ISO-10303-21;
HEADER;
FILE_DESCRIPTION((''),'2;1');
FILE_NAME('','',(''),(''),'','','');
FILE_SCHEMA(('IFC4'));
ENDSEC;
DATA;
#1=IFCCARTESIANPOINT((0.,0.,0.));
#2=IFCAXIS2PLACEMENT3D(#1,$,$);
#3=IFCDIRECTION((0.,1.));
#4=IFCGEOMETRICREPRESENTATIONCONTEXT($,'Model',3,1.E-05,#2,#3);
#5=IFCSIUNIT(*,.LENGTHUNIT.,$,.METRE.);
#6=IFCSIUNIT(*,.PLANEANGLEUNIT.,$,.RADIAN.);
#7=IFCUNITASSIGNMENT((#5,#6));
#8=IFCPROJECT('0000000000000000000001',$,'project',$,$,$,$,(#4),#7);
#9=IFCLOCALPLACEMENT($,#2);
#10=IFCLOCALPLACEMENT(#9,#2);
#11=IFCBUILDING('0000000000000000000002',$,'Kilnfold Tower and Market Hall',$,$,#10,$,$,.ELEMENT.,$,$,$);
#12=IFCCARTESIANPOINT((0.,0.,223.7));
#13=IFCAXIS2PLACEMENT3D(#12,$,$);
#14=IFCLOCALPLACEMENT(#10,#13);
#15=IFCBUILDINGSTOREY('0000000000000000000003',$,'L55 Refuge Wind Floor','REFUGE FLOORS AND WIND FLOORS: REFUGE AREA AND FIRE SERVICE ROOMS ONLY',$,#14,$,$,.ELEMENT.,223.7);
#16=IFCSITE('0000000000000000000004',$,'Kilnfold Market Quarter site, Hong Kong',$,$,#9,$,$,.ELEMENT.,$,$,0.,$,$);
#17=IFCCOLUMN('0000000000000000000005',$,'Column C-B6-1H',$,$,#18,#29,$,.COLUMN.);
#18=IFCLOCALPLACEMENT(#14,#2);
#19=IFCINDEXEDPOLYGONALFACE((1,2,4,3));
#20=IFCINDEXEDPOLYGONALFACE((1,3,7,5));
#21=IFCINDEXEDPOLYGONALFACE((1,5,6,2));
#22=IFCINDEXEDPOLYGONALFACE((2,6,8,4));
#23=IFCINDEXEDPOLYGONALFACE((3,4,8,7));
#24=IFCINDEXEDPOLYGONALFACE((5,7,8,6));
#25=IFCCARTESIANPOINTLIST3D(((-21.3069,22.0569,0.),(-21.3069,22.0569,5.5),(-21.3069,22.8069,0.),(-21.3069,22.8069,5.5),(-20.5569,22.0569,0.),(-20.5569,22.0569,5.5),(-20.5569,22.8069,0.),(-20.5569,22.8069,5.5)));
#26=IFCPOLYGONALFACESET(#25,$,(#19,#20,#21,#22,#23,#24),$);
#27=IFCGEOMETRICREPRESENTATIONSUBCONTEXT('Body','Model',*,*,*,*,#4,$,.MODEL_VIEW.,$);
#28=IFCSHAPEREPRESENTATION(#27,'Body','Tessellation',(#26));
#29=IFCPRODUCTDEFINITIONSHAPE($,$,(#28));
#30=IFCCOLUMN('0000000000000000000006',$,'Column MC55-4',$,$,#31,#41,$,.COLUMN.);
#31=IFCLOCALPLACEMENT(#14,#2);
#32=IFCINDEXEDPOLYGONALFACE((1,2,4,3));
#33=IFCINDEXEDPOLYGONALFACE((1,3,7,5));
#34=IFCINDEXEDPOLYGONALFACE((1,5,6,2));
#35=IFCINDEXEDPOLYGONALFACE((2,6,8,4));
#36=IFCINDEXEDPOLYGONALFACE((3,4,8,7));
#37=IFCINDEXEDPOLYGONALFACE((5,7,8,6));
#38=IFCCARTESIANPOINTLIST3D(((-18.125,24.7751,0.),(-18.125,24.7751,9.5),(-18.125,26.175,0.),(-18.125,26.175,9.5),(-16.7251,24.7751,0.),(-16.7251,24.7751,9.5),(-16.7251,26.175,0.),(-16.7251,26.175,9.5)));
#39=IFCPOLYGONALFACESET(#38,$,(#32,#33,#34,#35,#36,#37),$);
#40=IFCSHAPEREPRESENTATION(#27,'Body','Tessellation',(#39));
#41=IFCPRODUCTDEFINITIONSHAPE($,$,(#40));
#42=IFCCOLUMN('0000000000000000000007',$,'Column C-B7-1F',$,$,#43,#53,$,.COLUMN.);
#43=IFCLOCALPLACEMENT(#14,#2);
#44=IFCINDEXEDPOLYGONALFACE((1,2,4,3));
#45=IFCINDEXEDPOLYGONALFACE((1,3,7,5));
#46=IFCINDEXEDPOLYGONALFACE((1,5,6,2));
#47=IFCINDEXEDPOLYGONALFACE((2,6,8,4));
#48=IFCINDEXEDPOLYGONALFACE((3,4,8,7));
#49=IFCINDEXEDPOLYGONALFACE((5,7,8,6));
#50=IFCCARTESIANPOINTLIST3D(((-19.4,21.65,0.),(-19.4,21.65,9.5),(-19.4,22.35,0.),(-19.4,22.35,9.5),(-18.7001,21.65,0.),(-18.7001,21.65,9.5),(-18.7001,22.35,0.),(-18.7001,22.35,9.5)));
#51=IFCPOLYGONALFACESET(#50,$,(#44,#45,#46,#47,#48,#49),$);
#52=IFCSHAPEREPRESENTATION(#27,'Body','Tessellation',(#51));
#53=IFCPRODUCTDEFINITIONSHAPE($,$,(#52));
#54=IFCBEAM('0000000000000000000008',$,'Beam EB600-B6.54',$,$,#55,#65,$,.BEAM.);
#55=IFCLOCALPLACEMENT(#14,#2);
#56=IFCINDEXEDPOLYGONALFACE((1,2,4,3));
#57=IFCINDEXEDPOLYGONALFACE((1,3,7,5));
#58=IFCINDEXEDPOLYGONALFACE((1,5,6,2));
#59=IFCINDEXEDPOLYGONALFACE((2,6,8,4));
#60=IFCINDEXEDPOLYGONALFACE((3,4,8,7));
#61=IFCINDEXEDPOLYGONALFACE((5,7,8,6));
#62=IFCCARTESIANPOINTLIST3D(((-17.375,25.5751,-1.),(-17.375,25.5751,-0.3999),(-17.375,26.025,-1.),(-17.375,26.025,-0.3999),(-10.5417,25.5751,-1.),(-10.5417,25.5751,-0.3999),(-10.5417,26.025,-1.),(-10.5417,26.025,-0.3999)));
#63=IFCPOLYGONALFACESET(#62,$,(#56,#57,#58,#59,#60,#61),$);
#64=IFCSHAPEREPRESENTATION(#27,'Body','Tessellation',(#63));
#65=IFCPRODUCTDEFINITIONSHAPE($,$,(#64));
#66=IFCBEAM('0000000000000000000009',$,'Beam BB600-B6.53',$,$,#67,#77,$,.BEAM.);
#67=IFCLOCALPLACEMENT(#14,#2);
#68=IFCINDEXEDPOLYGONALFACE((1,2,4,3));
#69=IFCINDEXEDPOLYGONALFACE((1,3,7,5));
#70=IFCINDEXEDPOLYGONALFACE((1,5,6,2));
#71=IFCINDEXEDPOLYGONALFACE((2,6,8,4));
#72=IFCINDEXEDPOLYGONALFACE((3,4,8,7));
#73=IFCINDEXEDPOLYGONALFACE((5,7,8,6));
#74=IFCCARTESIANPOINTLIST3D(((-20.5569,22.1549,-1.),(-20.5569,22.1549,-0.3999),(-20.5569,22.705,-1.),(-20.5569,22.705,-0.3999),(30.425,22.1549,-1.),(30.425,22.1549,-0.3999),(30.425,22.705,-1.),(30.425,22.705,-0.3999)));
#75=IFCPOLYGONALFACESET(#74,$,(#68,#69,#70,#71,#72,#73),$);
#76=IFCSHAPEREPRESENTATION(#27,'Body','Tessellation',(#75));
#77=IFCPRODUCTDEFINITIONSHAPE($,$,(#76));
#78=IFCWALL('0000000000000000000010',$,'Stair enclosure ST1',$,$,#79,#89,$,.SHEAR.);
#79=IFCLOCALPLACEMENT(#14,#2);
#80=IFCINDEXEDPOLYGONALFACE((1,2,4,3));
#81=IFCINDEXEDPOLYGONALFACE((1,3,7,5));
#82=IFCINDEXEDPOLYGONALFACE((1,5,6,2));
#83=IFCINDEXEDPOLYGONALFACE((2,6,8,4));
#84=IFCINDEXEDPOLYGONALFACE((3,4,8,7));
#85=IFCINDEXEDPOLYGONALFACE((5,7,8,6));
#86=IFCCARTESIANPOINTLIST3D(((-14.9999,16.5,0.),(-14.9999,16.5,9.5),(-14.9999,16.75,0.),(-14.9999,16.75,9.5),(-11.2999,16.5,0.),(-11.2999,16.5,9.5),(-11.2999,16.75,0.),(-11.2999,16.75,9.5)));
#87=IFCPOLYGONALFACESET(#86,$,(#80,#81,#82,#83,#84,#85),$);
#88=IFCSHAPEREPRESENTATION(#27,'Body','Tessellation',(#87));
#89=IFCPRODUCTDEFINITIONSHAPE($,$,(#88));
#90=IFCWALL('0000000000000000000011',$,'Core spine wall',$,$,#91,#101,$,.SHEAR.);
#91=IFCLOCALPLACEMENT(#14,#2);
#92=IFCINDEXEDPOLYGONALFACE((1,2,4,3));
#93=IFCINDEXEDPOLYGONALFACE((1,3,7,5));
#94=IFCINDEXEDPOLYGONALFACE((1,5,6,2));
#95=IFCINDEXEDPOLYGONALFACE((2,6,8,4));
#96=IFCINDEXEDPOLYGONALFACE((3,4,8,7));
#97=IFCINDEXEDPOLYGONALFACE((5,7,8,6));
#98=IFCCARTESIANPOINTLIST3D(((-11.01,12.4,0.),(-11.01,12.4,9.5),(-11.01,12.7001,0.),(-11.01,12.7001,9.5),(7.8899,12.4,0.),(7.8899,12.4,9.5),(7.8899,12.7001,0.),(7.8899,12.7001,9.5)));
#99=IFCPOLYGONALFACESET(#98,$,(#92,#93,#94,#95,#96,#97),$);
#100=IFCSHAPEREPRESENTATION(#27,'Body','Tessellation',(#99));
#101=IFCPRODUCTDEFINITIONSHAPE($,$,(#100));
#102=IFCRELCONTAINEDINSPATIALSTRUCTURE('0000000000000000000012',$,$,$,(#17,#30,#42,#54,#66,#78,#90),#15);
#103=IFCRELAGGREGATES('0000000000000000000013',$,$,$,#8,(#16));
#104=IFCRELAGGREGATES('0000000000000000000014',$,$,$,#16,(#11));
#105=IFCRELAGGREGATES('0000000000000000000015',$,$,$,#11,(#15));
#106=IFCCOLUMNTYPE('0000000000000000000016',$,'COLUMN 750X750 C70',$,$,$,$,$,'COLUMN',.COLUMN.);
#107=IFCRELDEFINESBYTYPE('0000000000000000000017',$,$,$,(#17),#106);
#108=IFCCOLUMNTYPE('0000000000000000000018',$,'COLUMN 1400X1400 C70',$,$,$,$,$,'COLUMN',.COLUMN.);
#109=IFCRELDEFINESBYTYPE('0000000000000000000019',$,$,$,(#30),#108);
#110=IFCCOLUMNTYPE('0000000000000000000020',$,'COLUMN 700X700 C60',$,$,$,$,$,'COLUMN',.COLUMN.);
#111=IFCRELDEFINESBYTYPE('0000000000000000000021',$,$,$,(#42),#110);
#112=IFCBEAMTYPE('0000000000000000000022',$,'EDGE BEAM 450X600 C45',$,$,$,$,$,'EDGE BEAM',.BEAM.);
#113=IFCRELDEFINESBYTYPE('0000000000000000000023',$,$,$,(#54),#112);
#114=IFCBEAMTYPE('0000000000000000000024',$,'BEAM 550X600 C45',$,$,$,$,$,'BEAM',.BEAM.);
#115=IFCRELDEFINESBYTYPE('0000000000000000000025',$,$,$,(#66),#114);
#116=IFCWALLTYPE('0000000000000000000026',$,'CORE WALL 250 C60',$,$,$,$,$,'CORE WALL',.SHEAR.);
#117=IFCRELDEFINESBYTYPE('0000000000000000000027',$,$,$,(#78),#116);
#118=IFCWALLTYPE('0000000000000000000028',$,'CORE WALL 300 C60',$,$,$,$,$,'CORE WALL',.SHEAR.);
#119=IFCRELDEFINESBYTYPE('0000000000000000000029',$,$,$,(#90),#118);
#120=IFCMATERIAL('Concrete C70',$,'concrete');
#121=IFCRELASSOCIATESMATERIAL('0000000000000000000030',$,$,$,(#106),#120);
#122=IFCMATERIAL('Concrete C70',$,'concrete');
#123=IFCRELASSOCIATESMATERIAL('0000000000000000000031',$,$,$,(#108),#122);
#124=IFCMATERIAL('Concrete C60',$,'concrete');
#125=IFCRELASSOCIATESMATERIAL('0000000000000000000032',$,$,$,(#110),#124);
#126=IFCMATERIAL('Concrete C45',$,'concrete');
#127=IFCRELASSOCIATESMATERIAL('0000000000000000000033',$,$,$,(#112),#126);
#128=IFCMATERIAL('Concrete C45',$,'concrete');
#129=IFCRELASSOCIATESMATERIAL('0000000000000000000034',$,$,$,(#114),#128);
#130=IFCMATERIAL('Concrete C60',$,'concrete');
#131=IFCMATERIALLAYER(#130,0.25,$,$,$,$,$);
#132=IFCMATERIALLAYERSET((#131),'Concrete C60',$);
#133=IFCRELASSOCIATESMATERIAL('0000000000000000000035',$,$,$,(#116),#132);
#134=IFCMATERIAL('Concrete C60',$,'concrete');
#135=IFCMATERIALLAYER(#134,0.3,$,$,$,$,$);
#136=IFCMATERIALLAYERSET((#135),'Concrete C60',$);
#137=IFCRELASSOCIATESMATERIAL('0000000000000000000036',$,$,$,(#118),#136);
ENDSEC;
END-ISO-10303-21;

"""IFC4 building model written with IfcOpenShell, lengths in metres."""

from ifc_helpers import new_model, si_unit, direction, frame, frame_2d, origin, origin_2d, place, context, subcontext, project, spatial, rectangle, extrude, source, transform, mapped, material, layer, layer_set, material_profile, profile_set, type_object, element, save


model = new_model("IFC4")

# Units and contexts
model_context = context("Model", 3, precision=1e-05, world=origin(), true_north=direction((0.0, 1.0)))
body_context = subcontext(model_context, "Body", "Model", "MODEL_VIEW")
ifc_project = project(units=[si_unit("LENGTHUNIT", "METRE"), si_unit("PLANEANGLEUNIT", "RADIAN")], contexts=[model_context])

# Site, building, storey
site_placement = place(None, origin())
site = spatial("IfcSite", under=ifc_project, at=site_placement, Name="Kilnfold Market Quarter site, Hong Kong", CompositionType="ELEMENT", RefElevation=0.0)
building_placement = place(site_placement, origin())
building = spatial("IfcBuilding", under=site, at=building_placement, Name="Kilnfold Tower and Market Hall", CompositionType="ELEMENT")
storey_placement = place(building_placement, frame((0.0, 0.0, 223.7)))
storey = spatial("IfcBuildingStorey", under=building, at=storey_placement, Name="L55 Refuge Wind Floor", Description="REFUGE FLOORS AND WIND FLOORS: REFUGE AREA AND FIRE SERVICE ROOMS ONLY", CompositionType="ELEMENT", Elevation=223.7)

# Columns
ifc_material_1 = material(Name="Concrete C70", Category="concrete")
ifc_material_profile_1 = material_profile(ifc_material_1, rectangle(XDim=0.75, YDim=0.75, at=origin_2d()), Name="RC 750x750")
ifc_profile_set_1 = profile_set([ifc_material_profile_1], Name="Concrete C70")
column_type_1 = type_object("IfcColumnType", Name="COLUMN 750X750 C70", ElementType="COLUMN", PredefinedType="COLUMN", material=ifc_profile_set_1)
shared_shape_1 = source(origin(), body_context, "Body", "SweptSolid", [
    extrude(rectangle(XDim=0.75, YDim=0.75, at=origin_2d()), origin(), (0.0, 0.0, 1.0), 5.5),
])
column_1_placement = place(storey_placement, frame((-20.9319, 22.4319, 0.0), z_axis=(0.0, 0.0, 1.0), x_axis=(1.0, 0.0, 0.0)))
element("IfcColumn", 1, at=column_1_placement, inside=storey, type_object=column_type_1, Name="Column C-B6-1H", PredefinedType="COLUMN", context=body_context, shape_type="MappedRepresentation", body=[
    mapped(shared_shape_1, transform((0.0, 0.0, 0.0))),
])
ifc_material_2 = material(Name="Concrete C70", Category="concrete")
ifc_material_profile_2 = material_profile(ifc_material_2, rectangle(XDim=1.3999, YDim=1.3999, at=origin_2d()), Name="RC 1400x1400")
ifc_profile_set_2 = profile_set([ifc_material_profile_2], Name="Concrete C70")
column_type_2 = type_object("IfcColumnType", Name="COLUMN 1400X1400 C70", ElementType="COLUMN", PredefinedType="COLUMN", material=ifc_profile_set_2)
shared_shape_2 = source(origin(), body_context, "Body", "SweptSolid", [
    extrude(rectangle(XDim=1.3999, YDim=1.3999, at=origin_2d()), origin(), (0.0, 0.0, 1.0), 9.5),
])
column_2_placement = place(storey_placement, frame((-17.425, 25.4751, 0.0), z_axis=(0.0, 0.0, 1.0), x_axis=(1.0, 0.0, 0.0)))
element("IfcColumn", 2, at=column_2_placement, inside=storey, type_object=column_type_2, Name="Column MC55-4", PredefinedType="COLUMN", context=body_context, shape_type="MappedRepresentation", body=[
    mapped(shared_shape_2, transform((0.0, 0.0, 0.0))),
])
ifc_material_3 = material(Name="Concrete C60", Category="concrete")
ifc_material_profile_3 = material_profile(ifc_material_3, rectangle(XDim=0.7, YDim=0.7, at=origin_2d()), Name="RC 700x700")
ifc_profile_set_3 = profile_set([ifc_material_profile_3], Name="Concrete C60")
column_type_3 = type_object("IfcColumnType", Name="COLUMN 700X700 C60", ElementType="COLUMN", PredefinedType="COLUMN", material=ifc_profile_set_3)
shared_shape_3 = source(origin(), body_context, "Body", "SweptSolid", [
    extrude(rectangle(XDim=0.7, YDim=0.7, at=origin_2d()), origin(), (0.0, 0.0, 1.0), 9.5),
])
column_3_placement = place(storey_placement, frame((-19.05, 22.0, 0.0), z_axis=(0.0, 0.0, 1.0), x_axis=(1.0, 0.0, 0.0)))
element("IfcColumn", 3, at=column_3_placement, inside=storey, type_object=column_type_3, Name="Column C-B7-1F", PredefinedType="COLUMN", context=body_context, shape_type="MappedRepresentation", body=[
    mapped(shared_shape_3, transform((0.0, 0.0, 0.0))),
])

# Beams
ifc_material_4 = material(Name="Concrete C45", Category="concrete")
ifc_material_profile_4 = material_profile(ifc_material_4, rectangle(XDim=0.45, YDim=0.6001, at=origin_2d()), Name="RC 450x600")
ifc_profile_set_4 = profile_set([ifc_material_profile_4], Name="Concrete C45")
beam_type_1 = type_object("IfcBeamType", Name="EDGE BEAM 450X600 C45", ElementType="EDGE BEAM", PredefinedType="BEAM", material=ifc_profile_set_4)
shared_shape_4 = source(origin(), body_context, "Body", "SweptSolid", [
    extrude(rectangle(XDim=0.45, YDim=0.6001, at=origin_2d()), origin(), (0.0, 0.0, 1.0), 6.8333),
])
beam_1_placement = place(storey_placement, frame((-17.375, 25.8, -0.7), z_axis=(1.0, 0.0, 0.0), x_axis=(0.0, 1.0, 0.0)))
element("IfcBeam", 4, at=beam_1_placement, inside=storey, type_object=beam_type_1, Name="Beam EB600-B6.54", PredefinedType="BEAM", context=body_context, shape_type="MappedRepresentation", body=[
    mapped(shared_shape_4, transform((0.0, 0.0, 0.0))),
])
ifc_material_5 = material(Name="Concrete C45", Category="concrete")
ifc_material_profile_5 = material_profile(ifc_material_5, rectangle(XDim=0.55, YDim=0.6001, at=origin_2d()), Name="RC 550x600")
ifc_profile_set_5 = profile_set([ifc_material_profile_5], Name="Concrete C45")
beam_type_2 = type_object("IfcBeamType", Name="BEAM 550X600 C45", ElementType="BEAM", PredefinedType="BEAM", material=ifc_profile_set_5)
shared_shape_5 = source(origin(), body_context, "Body", "SweptSolid", [
    extrude(rectangle(XDim=0.55, YDim=0.6001, at=origin_2d()), origin(), (0.0, 0.0, 1.0), 50.9819),
])
beam_2_placement = place(storey_placement, frame((-20.5569, 22.4299, -0.7), z_axis=(1.0, 0.0, 0.0), x_axis=(0.0, 1.0, 0.0)))
element("IfcBeam", 5, at=beam_2_placement, inside=storey, type_object=beam_type_2, Name="Beam BB600-B6.53", PredefinedType="BEAM", context=body_context, shape_type="MappedRepresentation", body=[
    mapped(shared_shape_5, transform((0.0, 0.0, 0.0))),
])

# Walls
ifc_material_6 = material(Name="Concrete C60", Category="concrete")
ifc_layer_1 = layer(ifc_material_6, 0.25)
ifc_layer_set_1 = layer_set([ifc_layer_1], Name="Concrete C60")
wall_type_1 = type_object("IfcWallType", Name="CORE WALL 250 C60", ElementType="CORE WALL", PredefinedType="SHEAR", material=ifc_layer_set_1)
shared_shape_6 = source(origin(), body_context, "Body", "SweptSolid", [
    extrude(rectangle(XDim=3.7, YDim=0.25, at=frame_2d((1.8501, 0.0))), origin(), (0.0, 0.0, 1.0), 9.5),
])
wall_1_placement = place(storey_placement, frame((-15.0, 16.625, 0.0), z_axis=(0.0, 0.0, 1.0), x_axis=(1.0, 0.0, 0.0)))
element("IfcWall", 6, at=wall_1_placement, inside=storey, type_object=wall_type_1, Name="Stair enclosure ST1", PredefinedType="SHEAR", context=body_context, shape_type="MappedRepresentation", body=[
    mapped(shared_shape_6, transform((0.0, 0.0, 0.0))),
])
ifc_material_7 = material(Name="Concrete C60", Category="concrete")
ifc_layer_2 = layer(ifc_material_7, 0.3)
ifc_layer_set_2 = layer_set([ifc_layer_2], Name="Concrete C60")
wall_type_2 = type_object("IfcWallType", Name="CORE WALL 300 C60", ElementType="CORE WALL", PredefinedType="SHEAR", material=ifc_layer_set_2)
shared_shape_7 = source(origin(), body_context, "Body", "SweptSolid", [
    extrude(rectangle(XDim=18.8999, YDim=0.3, at=frame_2d((9.45, 0.0))), origin(), (0.0, 0.0, 1.0), 9.5),
])
wall_2_placement = place(storey_placement, frame((-11.01, 12.55, 0.0), z_axis=(0.0, 0.0, 1.0), x_axis=(1.0, 0.0, 0.0)))
element("IfcWall", 7, at=wall_2_placement, inside=storey, type_object=wall_type_2, Name="Core spine wall", PredefinedType="SHEAR", context=body_context, shape_type="MappedRepresentation", body=[
    mapped(shared_shape_7, transform((0.0, 0.0, 0.0))),
])

save(model, "model.ifc")
